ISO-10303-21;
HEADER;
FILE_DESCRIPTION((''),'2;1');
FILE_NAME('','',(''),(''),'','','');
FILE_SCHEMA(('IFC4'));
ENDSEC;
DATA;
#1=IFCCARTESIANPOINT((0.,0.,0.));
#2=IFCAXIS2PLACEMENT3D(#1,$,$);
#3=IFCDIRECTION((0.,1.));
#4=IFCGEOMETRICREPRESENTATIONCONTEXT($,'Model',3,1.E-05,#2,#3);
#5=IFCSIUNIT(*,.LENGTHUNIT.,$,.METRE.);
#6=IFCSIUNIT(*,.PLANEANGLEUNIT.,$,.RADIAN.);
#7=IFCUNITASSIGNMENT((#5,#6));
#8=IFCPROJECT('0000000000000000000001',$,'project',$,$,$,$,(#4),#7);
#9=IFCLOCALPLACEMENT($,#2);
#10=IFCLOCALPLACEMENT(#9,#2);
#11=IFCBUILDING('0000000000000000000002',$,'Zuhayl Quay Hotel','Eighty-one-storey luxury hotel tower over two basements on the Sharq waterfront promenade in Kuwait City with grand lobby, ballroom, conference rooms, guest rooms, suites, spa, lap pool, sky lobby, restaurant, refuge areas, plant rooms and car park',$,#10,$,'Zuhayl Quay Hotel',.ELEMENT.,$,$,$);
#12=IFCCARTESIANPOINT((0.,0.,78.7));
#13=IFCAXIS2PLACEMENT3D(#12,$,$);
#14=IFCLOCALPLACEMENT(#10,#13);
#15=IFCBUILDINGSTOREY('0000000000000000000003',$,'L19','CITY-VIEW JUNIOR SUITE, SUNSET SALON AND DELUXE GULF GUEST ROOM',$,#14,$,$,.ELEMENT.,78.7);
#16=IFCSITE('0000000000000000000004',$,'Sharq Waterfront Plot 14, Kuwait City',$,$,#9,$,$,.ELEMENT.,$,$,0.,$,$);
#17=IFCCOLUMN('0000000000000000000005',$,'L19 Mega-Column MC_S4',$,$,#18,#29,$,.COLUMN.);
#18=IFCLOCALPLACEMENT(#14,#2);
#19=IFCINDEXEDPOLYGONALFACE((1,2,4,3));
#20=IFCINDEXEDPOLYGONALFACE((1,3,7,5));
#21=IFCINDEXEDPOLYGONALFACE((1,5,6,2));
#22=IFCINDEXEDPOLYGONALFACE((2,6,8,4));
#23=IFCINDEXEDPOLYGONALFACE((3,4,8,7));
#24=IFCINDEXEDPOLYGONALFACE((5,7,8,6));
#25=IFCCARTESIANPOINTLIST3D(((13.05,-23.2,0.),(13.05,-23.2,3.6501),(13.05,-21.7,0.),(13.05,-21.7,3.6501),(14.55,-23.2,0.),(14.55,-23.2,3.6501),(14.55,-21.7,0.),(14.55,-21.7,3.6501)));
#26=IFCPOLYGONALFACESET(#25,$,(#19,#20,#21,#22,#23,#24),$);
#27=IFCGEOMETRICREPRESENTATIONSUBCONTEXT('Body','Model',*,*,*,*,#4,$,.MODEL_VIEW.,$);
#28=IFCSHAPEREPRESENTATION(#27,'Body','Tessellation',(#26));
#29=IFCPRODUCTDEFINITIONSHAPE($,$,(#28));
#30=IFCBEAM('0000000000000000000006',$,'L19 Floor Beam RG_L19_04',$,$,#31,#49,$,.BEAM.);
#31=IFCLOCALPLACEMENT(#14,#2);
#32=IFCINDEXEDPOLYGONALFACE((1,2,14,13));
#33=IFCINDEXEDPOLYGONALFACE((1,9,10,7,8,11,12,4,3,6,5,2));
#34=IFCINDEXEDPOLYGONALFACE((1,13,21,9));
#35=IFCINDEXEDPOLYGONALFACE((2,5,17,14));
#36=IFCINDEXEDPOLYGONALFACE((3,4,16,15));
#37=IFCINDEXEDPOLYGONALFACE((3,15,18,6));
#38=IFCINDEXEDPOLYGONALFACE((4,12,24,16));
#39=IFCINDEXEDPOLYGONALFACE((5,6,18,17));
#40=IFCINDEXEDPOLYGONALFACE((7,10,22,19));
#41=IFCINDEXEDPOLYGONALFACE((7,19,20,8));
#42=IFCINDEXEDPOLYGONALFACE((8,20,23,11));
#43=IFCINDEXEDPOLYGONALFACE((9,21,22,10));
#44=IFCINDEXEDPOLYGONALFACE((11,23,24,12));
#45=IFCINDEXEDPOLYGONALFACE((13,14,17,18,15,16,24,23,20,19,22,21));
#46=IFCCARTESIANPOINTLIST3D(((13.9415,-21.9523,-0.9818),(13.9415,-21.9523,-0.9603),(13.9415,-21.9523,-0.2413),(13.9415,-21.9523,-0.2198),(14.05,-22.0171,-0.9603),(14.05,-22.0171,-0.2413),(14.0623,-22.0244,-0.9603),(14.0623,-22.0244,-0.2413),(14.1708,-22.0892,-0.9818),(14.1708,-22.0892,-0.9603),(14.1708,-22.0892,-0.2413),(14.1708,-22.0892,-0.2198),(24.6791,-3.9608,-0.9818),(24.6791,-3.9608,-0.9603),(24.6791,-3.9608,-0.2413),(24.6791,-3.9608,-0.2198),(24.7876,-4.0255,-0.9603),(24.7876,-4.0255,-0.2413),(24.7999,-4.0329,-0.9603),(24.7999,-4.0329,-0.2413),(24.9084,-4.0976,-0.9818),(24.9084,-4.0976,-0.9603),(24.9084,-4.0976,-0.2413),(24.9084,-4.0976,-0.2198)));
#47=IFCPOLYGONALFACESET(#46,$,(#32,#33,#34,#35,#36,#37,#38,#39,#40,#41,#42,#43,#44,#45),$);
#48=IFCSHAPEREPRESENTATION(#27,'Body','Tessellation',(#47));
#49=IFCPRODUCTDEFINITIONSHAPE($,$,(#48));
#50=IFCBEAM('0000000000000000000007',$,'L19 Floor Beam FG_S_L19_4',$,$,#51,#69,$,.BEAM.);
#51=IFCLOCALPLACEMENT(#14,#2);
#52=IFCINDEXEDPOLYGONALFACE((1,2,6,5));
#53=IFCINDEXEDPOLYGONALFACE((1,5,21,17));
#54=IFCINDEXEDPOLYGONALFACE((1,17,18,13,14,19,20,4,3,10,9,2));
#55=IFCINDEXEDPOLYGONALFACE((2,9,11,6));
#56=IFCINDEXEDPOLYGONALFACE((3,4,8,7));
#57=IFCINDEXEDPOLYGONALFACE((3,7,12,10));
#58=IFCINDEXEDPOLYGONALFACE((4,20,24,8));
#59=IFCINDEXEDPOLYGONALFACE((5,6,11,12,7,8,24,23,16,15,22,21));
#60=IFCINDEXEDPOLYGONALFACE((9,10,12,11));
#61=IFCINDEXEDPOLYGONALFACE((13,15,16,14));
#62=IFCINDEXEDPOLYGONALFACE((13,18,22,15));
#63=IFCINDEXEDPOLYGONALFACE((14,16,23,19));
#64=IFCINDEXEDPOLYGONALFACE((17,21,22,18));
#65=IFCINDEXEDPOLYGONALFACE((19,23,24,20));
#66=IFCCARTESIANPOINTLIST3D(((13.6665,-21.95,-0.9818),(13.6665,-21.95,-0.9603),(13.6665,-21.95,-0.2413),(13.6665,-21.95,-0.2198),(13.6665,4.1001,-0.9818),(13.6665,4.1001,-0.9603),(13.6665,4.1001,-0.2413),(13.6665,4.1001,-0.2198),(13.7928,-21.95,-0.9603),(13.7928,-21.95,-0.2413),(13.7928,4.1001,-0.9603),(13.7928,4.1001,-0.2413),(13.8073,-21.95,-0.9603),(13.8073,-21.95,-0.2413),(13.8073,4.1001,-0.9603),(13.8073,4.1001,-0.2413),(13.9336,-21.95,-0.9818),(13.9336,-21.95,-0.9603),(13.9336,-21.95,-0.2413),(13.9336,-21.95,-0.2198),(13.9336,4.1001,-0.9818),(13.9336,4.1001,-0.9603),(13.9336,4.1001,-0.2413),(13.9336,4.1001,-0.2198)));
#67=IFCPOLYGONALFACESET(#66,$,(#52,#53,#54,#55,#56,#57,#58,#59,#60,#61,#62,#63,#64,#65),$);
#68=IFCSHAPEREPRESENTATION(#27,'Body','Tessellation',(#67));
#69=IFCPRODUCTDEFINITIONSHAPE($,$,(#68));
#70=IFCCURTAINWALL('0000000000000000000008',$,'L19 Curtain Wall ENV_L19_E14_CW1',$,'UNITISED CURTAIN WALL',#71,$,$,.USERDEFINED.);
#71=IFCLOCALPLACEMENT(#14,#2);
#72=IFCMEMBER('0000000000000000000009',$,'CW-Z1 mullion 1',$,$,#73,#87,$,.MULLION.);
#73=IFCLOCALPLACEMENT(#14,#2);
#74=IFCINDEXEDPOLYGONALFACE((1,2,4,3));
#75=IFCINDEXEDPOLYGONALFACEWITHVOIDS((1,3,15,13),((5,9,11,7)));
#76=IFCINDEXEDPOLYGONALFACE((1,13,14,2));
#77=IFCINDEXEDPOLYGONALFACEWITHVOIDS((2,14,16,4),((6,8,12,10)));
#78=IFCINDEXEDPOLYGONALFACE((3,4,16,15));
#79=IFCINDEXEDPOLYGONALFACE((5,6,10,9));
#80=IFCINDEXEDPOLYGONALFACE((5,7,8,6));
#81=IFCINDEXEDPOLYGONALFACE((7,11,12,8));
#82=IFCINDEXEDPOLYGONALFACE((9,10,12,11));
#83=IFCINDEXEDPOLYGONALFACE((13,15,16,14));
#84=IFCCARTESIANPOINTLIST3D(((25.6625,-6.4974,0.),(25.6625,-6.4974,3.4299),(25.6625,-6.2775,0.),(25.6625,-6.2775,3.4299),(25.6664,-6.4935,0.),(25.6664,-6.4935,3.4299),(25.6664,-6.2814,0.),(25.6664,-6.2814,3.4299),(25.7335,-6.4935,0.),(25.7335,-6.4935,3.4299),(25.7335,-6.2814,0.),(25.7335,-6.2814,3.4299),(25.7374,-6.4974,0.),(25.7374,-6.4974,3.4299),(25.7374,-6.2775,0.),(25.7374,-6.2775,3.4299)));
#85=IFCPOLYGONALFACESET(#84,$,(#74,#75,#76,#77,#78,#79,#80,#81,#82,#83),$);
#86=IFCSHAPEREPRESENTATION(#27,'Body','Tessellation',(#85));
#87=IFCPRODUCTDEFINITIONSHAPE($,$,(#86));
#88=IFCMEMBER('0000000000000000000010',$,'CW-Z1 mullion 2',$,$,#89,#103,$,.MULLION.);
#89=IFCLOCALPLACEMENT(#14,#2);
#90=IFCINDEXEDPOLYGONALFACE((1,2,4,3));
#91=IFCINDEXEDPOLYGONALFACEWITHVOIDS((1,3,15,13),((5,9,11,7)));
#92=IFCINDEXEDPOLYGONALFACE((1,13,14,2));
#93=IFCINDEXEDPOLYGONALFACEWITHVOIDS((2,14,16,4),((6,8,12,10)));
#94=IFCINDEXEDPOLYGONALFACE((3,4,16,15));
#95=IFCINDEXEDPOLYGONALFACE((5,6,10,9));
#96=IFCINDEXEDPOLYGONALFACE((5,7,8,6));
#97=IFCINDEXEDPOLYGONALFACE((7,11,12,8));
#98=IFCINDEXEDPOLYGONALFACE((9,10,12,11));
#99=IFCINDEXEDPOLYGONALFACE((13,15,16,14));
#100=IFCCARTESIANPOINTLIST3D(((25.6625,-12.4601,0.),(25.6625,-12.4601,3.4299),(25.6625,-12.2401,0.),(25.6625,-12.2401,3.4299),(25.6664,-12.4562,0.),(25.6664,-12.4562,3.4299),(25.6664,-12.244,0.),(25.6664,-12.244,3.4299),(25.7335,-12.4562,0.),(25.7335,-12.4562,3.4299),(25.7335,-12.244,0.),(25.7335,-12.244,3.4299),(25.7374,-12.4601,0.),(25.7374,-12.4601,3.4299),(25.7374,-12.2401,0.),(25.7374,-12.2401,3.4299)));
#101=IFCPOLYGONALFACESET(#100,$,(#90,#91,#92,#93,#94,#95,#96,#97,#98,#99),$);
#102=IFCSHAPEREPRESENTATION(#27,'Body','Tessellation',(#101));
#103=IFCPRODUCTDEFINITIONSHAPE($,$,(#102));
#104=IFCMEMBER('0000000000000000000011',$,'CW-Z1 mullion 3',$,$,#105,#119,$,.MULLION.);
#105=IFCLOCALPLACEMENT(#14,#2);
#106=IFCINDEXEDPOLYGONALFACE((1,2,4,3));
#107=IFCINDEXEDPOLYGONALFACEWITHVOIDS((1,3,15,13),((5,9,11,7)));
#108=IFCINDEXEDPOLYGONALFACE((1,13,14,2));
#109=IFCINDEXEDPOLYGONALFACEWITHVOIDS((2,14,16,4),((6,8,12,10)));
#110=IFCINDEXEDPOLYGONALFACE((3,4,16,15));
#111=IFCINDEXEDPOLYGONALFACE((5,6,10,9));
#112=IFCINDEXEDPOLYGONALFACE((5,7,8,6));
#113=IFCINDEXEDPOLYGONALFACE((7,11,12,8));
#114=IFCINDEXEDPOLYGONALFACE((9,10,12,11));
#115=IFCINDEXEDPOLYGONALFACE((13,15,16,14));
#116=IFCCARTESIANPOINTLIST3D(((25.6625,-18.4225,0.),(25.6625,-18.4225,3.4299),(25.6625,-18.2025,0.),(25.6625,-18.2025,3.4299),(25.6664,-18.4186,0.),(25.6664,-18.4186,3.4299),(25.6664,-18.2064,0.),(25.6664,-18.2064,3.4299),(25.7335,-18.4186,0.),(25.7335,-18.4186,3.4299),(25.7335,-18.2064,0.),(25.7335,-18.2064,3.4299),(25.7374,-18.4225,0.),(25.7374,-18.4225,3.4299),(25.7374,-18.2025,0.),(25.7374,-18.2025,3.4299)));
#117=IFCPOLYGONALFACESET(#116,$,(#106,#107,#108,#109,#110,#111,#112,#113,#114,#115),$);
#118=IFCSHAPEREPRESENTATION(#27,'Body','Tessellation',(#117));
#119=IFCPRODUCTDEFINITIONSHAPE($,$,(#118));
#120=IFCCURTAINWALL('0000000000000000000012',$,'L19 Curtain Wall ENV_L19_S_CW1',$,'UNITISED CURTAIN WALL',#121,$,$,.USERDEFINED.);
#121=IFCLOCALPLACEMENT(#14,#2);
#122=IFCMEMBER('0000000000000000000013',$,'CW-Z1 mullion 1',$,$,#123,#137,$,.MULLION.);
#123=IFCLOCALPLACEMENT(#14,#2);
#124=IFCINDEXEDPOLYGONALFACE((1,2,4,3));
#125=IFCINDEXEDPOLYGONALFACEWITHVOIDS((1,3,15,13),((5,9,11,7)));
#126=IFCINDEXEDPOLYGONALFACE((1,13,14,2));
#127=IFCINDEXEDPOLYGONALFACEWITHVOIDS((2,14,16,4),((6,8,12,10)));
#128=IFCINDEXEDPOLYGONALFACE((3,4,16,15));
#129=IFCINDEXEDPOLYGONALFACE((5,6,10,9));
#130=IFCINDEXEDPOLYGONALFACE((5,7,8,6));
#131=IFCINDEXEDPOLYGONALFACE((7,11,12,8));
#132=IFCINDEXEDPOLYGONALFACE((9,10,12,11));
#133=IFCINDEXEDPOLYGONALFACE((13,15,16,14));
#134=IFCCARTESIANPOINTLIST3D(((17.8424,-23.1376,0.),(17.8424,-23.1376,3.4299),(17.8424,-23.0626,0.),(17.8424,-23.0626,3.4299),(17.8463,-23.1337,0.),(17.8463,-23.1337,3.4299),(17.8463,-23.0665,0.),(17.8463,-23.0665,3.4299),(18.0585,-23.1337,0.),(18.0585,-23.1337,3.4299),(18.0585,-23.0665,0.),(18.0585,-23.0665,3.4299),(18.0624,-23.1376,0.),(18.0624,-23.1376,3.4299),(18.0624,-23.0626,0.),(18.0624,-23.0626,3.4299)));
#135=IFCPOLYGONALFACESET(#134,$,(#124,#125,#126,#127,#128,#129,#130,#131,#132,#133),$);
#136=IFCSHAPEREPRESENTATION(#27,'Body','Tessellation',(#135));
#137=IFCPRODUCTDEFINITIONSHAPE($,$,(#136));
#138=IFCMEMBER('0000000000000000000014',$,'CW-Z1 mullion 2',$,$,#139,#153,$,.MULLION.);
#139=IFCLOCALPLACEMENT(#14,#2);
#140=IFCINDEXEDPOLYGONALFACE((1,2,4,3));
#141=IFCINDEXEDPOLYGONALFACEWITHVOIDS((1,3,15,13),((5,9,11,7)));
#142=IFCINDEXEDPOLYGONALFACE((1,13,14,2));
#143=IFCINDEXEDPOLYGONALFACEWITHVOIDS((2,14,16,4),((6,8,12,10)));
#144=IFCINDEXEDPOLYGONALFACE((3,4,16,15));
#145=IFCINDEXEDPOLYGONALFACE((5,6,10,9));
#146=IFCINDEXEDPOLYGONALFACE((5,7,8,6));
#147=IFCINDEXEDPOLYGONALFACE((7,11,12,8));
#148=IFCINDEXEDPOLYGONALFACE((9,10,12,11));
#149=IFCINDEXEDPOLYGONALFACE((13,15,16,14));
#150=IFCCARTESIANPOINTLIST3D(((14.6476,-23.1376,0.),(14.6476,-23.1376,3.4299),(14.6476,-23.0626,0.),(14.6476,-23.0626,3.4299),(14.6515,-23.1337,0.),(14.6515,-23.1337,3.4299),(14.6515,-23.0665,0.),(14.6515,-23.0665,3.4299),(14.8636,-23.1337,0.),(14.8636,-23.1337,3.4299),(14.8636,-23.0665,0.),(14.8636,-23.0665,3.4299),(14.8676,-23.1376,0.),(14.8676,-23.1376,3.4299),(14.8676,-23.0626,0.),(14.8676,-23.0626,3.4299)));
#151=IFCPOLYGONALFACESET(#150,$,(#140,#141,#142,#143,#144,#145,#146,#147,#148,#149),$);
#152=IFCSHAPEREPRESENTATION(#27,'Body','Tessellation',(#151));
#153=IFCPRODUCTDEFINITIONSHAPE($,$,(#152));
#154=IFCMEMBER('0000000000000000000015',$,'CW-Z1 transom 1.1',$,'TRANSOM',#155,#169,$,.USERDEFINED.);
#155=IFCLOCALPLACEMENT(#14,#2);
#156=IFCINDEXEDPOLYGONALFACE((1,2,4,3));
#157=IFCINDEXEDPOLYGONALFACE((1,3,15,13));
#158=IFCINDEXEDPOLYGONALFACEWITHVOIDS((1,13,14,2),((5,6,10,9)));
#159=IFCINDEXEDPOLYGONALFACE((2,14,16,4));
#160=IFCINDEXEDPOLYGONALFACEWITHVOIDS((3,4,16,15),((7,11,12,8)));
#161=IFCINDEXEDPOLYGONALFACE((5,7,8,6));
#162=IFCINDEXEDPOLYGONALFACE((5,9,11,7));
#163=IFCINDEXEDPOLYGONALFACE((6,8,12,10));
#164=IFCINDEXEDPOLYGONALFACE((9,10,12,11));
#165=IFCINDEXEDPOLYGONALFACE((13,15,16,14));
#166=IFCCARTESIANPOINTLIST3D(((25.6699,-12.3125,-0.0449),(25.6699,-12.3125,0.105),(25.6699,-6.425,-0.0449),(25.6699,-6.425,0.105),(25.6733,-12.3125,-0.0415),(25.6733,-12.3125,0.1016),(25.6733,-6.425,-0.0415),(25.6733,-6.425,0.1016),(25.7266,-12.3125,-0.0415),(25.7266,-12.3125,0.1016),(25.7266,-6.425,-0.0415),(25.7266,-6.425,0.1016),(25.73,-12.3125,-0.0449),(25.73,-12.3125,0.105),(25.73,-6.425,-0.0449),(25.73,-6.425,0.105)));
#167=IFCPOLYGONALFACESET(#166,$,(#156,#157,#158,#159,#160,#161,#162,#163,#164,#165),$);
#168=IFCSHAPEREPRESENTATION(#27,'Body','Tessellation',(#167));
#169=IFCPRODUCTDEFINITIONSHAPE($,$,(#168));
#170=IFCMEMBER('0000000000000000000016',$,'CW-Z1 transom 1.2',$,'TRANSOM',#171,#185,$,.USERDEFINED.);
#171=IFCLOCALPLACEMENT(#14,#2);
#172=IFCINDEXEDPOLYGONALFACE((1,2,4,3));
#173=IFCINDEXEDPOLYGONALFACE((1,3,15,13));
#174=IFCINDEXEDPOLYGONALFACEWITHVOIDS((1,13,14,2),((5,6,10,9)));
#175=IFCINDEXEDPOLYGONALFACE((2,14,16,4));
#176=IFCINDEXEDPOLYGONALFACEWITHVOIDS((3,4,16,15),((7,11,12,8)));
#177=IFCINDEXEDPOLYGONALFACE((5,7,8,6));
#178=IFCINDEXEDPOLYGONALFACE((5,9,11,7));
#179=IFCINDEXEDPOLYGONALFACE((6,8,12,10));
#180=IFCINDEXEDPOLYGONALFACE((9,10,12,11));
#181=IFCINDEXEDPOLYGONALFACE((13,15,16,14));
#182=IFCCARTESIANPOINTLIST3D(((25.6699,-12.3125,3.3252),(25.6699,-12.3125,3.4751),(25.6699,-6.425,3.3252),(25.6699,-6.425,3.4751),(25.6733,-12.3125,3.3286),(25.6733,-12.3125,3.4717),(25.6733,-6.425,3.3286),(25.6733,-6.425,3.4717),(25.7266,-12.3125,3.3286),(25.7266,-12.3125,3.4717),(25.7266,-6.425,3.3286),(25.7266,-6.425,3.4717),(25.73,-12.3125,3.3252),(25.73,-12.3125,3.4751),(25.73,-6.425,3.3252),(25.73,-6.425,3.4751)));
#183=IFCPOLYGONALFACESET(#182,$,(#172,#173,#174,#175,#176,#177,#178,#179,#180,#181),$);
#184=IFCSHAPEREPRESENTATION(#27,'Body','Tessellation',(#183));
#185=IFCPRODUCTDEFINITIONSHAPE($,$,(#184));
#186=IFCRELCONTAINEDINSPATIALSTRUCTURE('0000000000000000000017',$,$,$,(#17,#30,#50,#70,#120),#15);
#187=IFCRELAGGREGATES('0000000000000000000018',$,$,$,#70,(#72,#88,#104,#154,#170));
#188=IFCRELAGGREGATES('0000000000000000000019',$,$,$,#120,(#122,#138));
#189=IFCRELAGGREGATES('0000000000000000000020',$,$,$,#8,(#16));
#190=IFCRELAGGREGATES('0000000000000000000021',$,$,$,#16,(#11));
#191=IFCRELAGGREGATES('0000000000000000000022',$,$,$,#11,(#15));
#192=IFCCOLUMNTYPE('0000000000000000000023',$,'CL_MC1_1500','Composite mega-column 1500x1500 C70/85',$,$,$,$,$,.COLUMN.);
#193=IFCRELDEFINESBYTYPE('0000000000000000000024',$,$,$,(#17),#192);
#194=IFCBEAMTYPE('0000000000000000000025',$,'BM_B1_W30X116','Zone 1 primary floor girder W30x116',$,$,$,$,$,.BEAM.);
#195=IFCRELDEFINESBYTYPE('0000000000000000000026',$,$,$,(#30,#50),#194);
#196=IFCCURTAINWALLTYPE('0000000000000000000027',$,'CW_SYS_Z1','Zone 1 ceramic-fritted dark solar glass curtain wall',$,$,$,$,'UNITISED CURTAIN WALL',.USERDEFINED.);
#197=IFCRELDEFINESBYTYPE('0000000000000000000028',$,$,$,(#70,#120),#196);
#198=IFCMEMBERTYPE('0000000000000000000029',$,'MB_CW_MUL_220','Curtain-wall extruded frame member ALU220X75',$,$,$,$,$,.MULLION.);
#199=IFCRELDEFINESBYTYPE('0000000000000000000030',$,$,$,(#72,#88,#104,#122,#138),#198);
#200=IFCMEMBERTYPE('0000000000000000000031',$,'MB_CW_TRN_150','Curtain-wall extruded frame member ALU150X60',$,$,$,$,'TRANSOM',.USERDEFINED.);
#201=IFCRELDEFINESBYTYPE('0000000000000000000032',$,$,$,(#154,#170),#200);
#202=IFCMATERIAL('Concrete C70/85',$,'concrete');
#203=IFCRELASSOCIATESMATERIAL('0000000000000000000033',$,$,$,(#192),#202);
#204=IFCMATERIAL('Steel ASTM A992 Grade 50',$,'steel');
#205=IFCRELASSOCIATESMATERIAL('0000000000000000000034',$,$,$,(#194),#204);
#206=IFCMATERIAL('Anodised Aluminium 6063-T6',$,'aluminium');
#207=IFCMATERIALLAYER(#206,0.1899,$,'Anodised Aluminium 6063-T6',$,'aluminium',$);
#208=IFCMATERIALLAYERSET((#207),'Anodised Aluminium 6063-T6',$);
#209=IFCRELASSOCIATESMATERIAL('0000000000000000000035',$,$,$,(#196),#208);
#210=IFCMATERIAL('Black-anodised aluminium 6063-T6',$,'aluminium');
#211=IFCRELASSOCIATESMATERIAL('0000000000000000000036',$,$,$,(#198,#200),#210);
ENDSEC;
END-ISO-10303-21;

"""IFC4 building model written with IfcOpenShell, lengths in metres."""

from ifc_helpers import new_model, si_unit, direction, frame, origin, origin_2d, place, context, subcontext, project, spatial, rectangle, hollow_rectangle, i_section, extrude, material, layer, layer_set, material_profile, profile_set, type_object, element, aggregate, save


model = new_model("IFC4")

# Units and contexts
model_context = context("Model", 3, precision=1e-05, world=origin(), true_north=direction((0.0, 1.0)))
body_context = subcontext(model_context, "Body", "Model", "MODEL_VIEW")
ifc_project = project(units=[si_unit("LENGTHUNIT", "METRE"), si_unit("PLANEANGLEUNIT", "RADIAN")], contexts=[model_context])

# Site, building, storey
site_placement = place(None, origin())
site = spatial("IfcSite", under=ifc_project, at=site_placement, Name="Sharq Waterfront Plot 14, Kuwait City", CompositionType="ELEMENT", RefElevation=0.0)
building_placement = place(site_placement, origin())
building = spatial("IfcBuilding", under=site, at=building_placement, Name="Zuhayl Quay Hotel", Description="Eighty-one-storey luxury hotel tower over two basements on the Sharq waterfront promenade in Kuwait City with grand lobby, ballroom, conference rooms, guest rooms, suites, spa, lap pool, sky lobby, restaurant, refuge areas, plant rooms and car park", LongName="Zuhayl Quay Hotel", CompositionType="ELEMENT")
storey_placement = place(building_placement, frame((0.0, 0.0, 78.7)))
storey = spatial("IfcBuildingStorey", under=building, at=storey_placement, Name="L19", Description="CITY-VIEW JUNIOR SUITE, SUNSET SALON AND DELUXE GULF GUEST ROOM", CompositionType="ELEMENT", Elevation=78.7)

# Column
ifc_material_1 = material(Name="Concrete C70/85", Category="concrete")
ifc_material_profile_1 = material_profile(ifc_material_1, rectangle(XDim=1.5, YDim=1.5, at=origin_2d()), Name="RC1500X1500")
ifc_profile_set_1 = profile_set([ifc_material_profile_1], Name="Concrete C70/85")
column_type = type_object("IfcColumnType", Name="CL_MC1_1500", Description="Composite mega-column 1500x1500 C70/85", PredefinedType="COLUMN", material=ifc_profile_set_1)
column_placement = place(storey_placement, frame((13.8, -22.45, 0.0), z_axis=(0.0, 0.0, 1.0), x_axis=(1.0, 0.0, 0.0)))
element("IfcColumn", 1, at=column_placement, inside=storey, type_object=column_type, Name="L19 Mega-Column MC_S4", PredefinedType="COLUMN", context=body_context, shape_type="SweptSolid", body=[
    extrude(rectangle(XDim=1.5, YDim=1.5, at=origin_2d()), origin(), (0.0, 0.0, 1.0), 3.6501),
])

# Beams
ifc_material_2 = material(Name="Steel ASTM A992 Grade 50", Category="steel")
ifc_material_profile_2 = material_profile(ifc_material_2, i_section(OverallWidth=0.2671, OverallDepth=0.762, WebThickness=0.0144, FlangeThickness=0.0215, at=origin_2d()), Name="W30X116")
ifc_profile_set_2 = profile_set([ifc_material_profile_2], Name="Steel ASTM A992 Grade 50")
beam_type = type_object("IfcBeamType", Name="BM_B1_W30X116", Description="Zone 1 primary floor girder W30x116", PredefinedType="BEAM", material=ifc_profile_set_2)
beam_1_placement = place(storey_placement, frame((14.0562, -22.0208, -0.6008), z_axis=(0.512483, 0.858698, 0.0), x_axis=(-0.858698, 0.512483, 0.0)))
element("IfcBeam", 2, at=beam_1_placement, inside=storey, type_object=beam_type, Name="L19 Floor Beam RG_L19_04", PredefinedType="BEAM", context=body_context, shape_type="SweptSolid", body=[
    extrude(i_section(OverallWidth=0.2671, OverallDepth=0.762, WebThickness=0.0144, FlangeThickness=0.0215, at=origin_2d()), origin(), (0.0, 0.0, 1.0), 20.9521),
])
beam_2_placement = place(storey_placement, frame((13.8, -21.95, -0.6008), z_axis=(0.0, 1.0, 0.0), x_axis=(-1.0, 0.0, 0.0)))
element("IfcBeam", 3, at=beam_2_placement, inside=storey, type_object=beam_type, Name="L19 Floor Beam FG_S_L19_4", PredefinedType="BEAM", context=body_context, shape_type="SweptSolid", body=[
    extrude(i_section(OverallWidth=0.2671, OverallDepth=0.762, WebThickness=0.0144, FlangeThickness=0.0215, at=origin_2d()), origin(), (0.0, 0.0, 1.0), 26.05),
])

# Curtain walls, members
ifc_material_3 = material(Name="Anodised Aluminium 6063-T6", Category="aluminium")
ifc_layer_1 = layer(ifc_material_3, 0.1899, Name="Anodised Aluminium 6063-T6", Category="aluminium")
ifc_layer_set_1 = layer_set([ifc_layer_1], Name="Anodised Aluminium 6063-T6")
curtain_wall_type = type_object("IfcCurtainWallType", Name="CW_SYS_Z1", Description="Zone 1 ceramic-fritted dark solar glass curtain wall", ElementType="UNITISED CURTAIN WALL", PredefinedType="USERDEFINED", material=ifc_layer_set_1)
curtain_wall_1_placement = place(storey_placement, origin())
curtain_wall_1 = element("IfcCurtainWall", 4, at=curtain_wall_1_placement, inside=storey, type_object=curtain_wall_type, Name="L19 Curtain Wall ENV_L19_E14_CW1", ObjectType="UNITISED CURTAIN WALL", PredefinedType="USERDEFINED")
ifc_material_4 = material(Name="Black-anodised aluminium 6063-T6", Category="aluminium")
ifc_material_profile_3 = material_profile(ifc_material_4, hollow_rectangle(XDim=0.075, YDim=0.22, WallThickness=0.0039, at=origin_2d()), Name="ALU220X75")
ifc_profile_set_3 = profile_set([ifc_material_profile_3], Name="Black-anodised aluminium 6063-T6")
member_type_1 = type_object("IfcMemberType", Name="MB_CW_MUL_220", Description="Curtain-wall extruded frame member ALU220X75", PredefinedType="MULLION", material=ifc_profile_set_3)
member_1_placement = place(storey_placement, frame((25.7, -6.3875, 0.0), z_axis=(0.0, 0.0, 1.0), x_axis=(1.0, 0.0, 0.0)))
member_1 = element("IfcMember", 5, at=member_1_placement, type_object=member_type_1, Name="CW-Z1 mullion 1", PredefinedType="MULLION", context=body_context, shape_type="SweptSolid", body=[
    extrude(hollow_rectangle(XDim=0.075, YDim=0.22, WallThickness=0.0039, at=origin_2d()), origin(), (0.0, 0.0, 1.0), 3.4299),
])
member_2_placement = place(storey_placement, frame((25.7, -12.3501, 0.0), z_axis=(0.0, 0.0, 1.0), x_axis=(1.0, 0.0, 0.0)))
member_2 = element("IfcMember", 6, at=member_2_placement, type_object=member_type_1, Name="CW-Z1 mullion 2", PredefinedType="MULLION", context=body_context, shape_type="SweptSolid", body=[
    extrude(hollow_rectangle(XDim=0.075, YDim=0.22, WallThickness=0.0039, at=origin_2d()), origin(), (0.0, 0.0, 1.0), 3.4299),
])
member_3_placement = place(storey_placement, frame((25.7, -18.3125, 0.0), z_axis=(0.0, 0.0, 1.0), x_axis=(1.0, 0.0, 0.0)))
member_3 = element("IfcMember", 7, at=member_3_placement, type_object=member_type_1, Name="CW-Z1 mullion 3", PredefinedType="MULLION", context=body_context, shape_type="SweptSolid", body=[
    extrude(hollow_rectangle(XDim=0.075, YDim=0.22, WallThickness=0.0039, at=origin_2d()), origin(), (0.0, 0.0, 1.0), 3.4299),
])
curtain_wall_2_placement = place(storey_placement, origin())
curtain_wall_2 = element("IfcCurtainWall", 8, at=curtain_wall_2_placement, inside=storey, type_object=curtain_wall_type, Name="L19 Curtain Wall ENV_L19_S_CW1", ObjectType="UNITISED CURTAIN WALL", PredefinedType="USERDEFINED")
member_4_placement = place(storey_placement, frame((17.9524, -23.1001, 0.0), z_axis=(0.0, 0.0, 1.0), x_axis=(0.0, -1.0, 0.0)))
member_4 = element("IfcMember", 9, at=member_4_placement, type_object=member_type_1, Name="CW-Z1 mullion 1", PredefinedType="MULLION", context=body_context, shape_type="SweptSolid", body=[
    extrude(hollow_rectangle(XDim=0.075, YDim=0.22, WallThickness=0.0039, at=origin_2d()), origin(), (0.0, 0.0, 1.0), 3.4299),
])
member_5_placement = place(storey_placement, frame((14.7576, -23.1001, 0.0), z_axis=(0.0, 0.0, 1.0), x_axis=(0.0, -1.0, 0.0)))
member_5 = element("IfcMember", 10, at=member_5_placement, type_object=member_type_1, Name="CW-Z1 mullion 2", PredefinedType="MULLION", context=body_context, shape_type="SweptSolid", body=[
    extrude(hollow_rectangle(XDim=0.075, YDim=0.22, WallThickness=0.0039, at=origin_2d()), origin(), (0.0, 0.0, 1.0), 3.4299),
])

# Members
ifc_material_profile_4 = material_profile(ifc_material_4, hollow_rectangle(XDim=0.0601, YDim=0.1499, WallThickness=0.0034, at=origin_2d()), Name="ALU150X60")
ifc_profile_set_4 = profile_set([ifc_material_profile_4], Name="Black-anodised aluminium 6063-T6")
member_type_2 = type_object("IfcMemberType", Name="MB_CW_TRN_150", Description="Curtain-wall extruded frame member ALU150X60", ElementType="TRANSOM", PredefinedType="USERDEFINED", material=ifc_profile_set_4)
member_6_placement = place(storey_placement, frame((25.7, -6.425, 0.03), z_axis=(0.0, -1.0, 0.0), x_axis=(1.0, 0.0, 0.0)))
member_6 = element("IfcMember", 11, at=member_6_placement, type_object=member_type_2, Name="CW-Z1 transom 1.1", ObjectType="TRANSOM", PredefinedType="USERDEFINED", context=body_context, shape_type="SweptSolid", body=[
    extrude(hollow_rectangle(XDim=0.0601, YDim=0.1499, WallThickness=0.0034, at=origin_2d()), origin(), (0.0, 0.0, 1.0), 5.8875),
])
member_7_placement = place(storey_placement, frame((25.7, -6.425, 3.4001), z_axis=(0.0, -1.0, 0.0), x_axis=(1.0, 0.0, 0.0)))
member_7 = element("IfcMember", 12, at=member_7_placement, type_object=member_type_2, Name="CW-Z1 transom 1.2", ObjectType="TRANSOM", PredefinedType="USERDEFINED", context=body_context, shape_type="SweptSolid", body=[
    extrude(hollow_rectangle(XDim=0.0601, YDim=0.1499, WallThickness=0.0034, at=origin_2d()), origin(), (0.0, 0.0, 1.0), 5.8875),
])

aggregate(curtain_wall_1, [member_1, member_2, member_3, member_6, member_7])
aggregate(curtain_wall_2, [member_4, member_5])

save(model, "model.ifc")
